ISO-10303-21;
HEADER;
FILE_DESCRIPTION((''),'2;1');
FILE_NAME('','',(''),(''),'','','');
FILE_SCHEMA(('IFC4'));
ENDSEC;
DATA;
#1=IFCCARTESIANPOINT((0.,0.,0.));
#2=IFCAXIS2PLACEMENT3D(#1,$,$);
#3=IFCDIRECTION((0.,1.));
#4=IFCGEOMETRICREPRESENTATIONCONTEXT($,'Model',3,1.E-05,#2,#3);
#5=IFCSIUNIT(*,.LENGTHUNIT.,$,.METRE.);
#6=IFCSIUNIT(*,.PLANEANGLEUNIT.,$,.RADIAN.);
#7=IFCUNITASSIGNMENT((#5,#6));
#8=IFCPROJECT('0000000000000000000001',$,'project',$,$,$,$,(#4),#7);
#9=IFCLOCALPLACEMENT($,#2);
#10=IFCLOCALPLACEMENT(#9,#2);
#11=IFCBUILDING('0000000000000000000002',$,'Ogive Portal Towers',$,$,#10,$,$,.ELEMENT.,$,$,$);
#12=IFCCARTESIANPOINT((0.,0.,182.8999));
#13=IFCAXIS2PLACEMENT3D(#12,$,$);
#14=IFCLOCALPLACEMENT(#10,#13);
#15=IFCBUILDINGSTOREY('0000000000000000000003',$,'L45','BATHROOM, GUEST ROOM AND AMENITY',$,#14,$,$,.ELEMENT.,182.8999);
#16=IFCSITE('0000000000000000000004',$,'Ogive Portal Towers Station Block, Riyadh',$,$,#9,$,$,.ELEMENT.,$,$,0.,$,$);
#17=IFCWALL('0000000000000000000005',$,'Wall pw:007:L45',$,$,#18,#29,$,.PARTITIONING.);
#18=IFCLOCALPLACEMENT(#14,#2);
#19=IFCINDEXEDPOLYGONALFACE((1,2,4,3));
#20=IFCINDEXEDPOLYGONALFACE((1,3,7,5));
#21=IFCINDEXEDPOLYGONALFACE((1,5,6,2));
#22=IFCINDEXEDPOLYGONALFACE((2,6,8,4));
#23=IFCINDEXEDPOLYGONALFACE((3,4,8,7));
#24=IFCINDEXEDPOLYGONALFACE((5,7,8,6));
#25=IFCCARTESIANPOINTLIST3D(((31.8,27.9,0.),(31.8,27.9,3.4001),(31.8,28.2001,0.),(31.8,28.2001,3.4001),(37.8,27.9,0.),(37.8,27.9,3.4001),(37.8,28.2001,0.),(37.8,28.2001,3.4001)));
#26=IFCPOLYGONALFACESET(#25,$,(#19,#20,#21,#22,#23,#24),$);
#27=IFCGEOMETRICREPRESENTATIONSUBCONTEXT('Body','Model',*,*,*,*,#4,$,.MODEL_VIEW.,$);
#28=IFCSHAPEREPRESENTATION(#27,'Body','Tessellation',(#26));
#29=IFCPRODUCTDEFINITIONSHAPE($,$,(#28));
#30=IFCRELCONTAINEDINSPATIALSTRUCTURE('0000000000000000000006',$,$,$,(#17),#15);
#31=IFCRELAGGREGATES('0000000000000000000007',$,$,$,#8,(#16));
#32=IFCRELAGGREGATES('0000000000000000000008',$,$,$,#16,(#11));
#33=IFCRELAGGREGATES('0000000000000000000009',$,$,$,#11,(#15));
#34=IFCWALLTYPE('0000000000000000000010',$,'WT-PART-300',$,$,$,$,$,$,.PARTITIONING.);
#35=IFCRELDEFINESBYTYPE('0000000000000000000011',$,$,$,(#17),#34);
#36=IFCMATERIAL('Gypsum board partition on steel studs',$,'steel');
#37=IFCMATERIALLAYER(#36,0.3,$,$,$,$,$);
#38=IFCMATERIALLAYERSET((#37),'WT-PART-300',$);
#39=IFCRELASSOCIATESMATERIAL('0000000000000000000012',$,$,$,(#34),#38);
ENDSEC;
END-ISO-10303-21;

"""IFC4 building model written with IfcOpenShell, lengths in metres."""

from ifc_helpers import new_model, si_unit, direction, frame, frame_2d, origin, place, context, subcontext, project, spatial, rectangle, extrude, material, layer, layer_set, type_object, element, save


model = new_model("IFC4")

# Units and contexts
model_context = context("Model", 3, precision=1e-05, world=origin(), true_north=direction((0.0, 1.0)))
body_context = subcontext(model_context, "Body", "Model", "MODEL_VIEW")
ifc_project = project(units=[si_unit("LENGTHUNIT", "METRE"), si_unit("PLANEANGLEUNIT", "RADIAN")], contexts=[model_context])

# Site, building, storey
site_placement = place(None, origin())
site = spatial("IfcSite", under=ifc_project, at=site_placement, Name="Ogive Portal Towers Station Block, Riyadh", CompositionType="ELEMENT", RefElevation=0.0)
building_placement = place(site_placement, origin())
building = spatial("IfcBuilding", under=site, at=building_placement, Name="Ogive Portal Towers", CompositionType="ELEMENT")
storey_placement = place(building_placement, frame((0.0, 0.0, 182.8999)))
storey = spatial("IfcBuildingStorey", under=building, at=storey_placement, Name="L45", Description="BATHROOM, GUEST ROOM AND AMENITY", CompositionType="ELEMENT", Elevation=182.8999)

# Shared definitions
ifc_material_1 = material(Name="Gypsum board partition on steel studs", Category="steel")
ifc_layer_1 = layer(ifc_material_1, 0.3)
ifc_layer_set_1 = layer_set([ifc_layer_1], Name="WT-PART-300")
wall_type_1 = type_object("IfcWallType", Name="WT-PART-300", PredefinedType="PARTITIONING", material=ifc_layer_set_1)

# Wall
wall_1_placement = place(storey_placement, frame((31.8, 28.05, 0.0), z_axis=(0.0, 0.0, 1.0), x_axis=(1.0, 0.0, 0.0)))
element("IfcWall", 1, at=wall_1_placement, inside=storey, type_object=wall_type_1, Name="Wall pw:007:L45", PredefinedType="PARTITIONING", context=body_context, shape_type="SweptSolid", body=[
    extrude(rectangle(XDim=6.0, YDim=0.3, at=frame_2d((3.0, 0.0))), origin(), (0.0, 0.0, 1.0), 3.4001),
])

save(model, "model.ifc")
